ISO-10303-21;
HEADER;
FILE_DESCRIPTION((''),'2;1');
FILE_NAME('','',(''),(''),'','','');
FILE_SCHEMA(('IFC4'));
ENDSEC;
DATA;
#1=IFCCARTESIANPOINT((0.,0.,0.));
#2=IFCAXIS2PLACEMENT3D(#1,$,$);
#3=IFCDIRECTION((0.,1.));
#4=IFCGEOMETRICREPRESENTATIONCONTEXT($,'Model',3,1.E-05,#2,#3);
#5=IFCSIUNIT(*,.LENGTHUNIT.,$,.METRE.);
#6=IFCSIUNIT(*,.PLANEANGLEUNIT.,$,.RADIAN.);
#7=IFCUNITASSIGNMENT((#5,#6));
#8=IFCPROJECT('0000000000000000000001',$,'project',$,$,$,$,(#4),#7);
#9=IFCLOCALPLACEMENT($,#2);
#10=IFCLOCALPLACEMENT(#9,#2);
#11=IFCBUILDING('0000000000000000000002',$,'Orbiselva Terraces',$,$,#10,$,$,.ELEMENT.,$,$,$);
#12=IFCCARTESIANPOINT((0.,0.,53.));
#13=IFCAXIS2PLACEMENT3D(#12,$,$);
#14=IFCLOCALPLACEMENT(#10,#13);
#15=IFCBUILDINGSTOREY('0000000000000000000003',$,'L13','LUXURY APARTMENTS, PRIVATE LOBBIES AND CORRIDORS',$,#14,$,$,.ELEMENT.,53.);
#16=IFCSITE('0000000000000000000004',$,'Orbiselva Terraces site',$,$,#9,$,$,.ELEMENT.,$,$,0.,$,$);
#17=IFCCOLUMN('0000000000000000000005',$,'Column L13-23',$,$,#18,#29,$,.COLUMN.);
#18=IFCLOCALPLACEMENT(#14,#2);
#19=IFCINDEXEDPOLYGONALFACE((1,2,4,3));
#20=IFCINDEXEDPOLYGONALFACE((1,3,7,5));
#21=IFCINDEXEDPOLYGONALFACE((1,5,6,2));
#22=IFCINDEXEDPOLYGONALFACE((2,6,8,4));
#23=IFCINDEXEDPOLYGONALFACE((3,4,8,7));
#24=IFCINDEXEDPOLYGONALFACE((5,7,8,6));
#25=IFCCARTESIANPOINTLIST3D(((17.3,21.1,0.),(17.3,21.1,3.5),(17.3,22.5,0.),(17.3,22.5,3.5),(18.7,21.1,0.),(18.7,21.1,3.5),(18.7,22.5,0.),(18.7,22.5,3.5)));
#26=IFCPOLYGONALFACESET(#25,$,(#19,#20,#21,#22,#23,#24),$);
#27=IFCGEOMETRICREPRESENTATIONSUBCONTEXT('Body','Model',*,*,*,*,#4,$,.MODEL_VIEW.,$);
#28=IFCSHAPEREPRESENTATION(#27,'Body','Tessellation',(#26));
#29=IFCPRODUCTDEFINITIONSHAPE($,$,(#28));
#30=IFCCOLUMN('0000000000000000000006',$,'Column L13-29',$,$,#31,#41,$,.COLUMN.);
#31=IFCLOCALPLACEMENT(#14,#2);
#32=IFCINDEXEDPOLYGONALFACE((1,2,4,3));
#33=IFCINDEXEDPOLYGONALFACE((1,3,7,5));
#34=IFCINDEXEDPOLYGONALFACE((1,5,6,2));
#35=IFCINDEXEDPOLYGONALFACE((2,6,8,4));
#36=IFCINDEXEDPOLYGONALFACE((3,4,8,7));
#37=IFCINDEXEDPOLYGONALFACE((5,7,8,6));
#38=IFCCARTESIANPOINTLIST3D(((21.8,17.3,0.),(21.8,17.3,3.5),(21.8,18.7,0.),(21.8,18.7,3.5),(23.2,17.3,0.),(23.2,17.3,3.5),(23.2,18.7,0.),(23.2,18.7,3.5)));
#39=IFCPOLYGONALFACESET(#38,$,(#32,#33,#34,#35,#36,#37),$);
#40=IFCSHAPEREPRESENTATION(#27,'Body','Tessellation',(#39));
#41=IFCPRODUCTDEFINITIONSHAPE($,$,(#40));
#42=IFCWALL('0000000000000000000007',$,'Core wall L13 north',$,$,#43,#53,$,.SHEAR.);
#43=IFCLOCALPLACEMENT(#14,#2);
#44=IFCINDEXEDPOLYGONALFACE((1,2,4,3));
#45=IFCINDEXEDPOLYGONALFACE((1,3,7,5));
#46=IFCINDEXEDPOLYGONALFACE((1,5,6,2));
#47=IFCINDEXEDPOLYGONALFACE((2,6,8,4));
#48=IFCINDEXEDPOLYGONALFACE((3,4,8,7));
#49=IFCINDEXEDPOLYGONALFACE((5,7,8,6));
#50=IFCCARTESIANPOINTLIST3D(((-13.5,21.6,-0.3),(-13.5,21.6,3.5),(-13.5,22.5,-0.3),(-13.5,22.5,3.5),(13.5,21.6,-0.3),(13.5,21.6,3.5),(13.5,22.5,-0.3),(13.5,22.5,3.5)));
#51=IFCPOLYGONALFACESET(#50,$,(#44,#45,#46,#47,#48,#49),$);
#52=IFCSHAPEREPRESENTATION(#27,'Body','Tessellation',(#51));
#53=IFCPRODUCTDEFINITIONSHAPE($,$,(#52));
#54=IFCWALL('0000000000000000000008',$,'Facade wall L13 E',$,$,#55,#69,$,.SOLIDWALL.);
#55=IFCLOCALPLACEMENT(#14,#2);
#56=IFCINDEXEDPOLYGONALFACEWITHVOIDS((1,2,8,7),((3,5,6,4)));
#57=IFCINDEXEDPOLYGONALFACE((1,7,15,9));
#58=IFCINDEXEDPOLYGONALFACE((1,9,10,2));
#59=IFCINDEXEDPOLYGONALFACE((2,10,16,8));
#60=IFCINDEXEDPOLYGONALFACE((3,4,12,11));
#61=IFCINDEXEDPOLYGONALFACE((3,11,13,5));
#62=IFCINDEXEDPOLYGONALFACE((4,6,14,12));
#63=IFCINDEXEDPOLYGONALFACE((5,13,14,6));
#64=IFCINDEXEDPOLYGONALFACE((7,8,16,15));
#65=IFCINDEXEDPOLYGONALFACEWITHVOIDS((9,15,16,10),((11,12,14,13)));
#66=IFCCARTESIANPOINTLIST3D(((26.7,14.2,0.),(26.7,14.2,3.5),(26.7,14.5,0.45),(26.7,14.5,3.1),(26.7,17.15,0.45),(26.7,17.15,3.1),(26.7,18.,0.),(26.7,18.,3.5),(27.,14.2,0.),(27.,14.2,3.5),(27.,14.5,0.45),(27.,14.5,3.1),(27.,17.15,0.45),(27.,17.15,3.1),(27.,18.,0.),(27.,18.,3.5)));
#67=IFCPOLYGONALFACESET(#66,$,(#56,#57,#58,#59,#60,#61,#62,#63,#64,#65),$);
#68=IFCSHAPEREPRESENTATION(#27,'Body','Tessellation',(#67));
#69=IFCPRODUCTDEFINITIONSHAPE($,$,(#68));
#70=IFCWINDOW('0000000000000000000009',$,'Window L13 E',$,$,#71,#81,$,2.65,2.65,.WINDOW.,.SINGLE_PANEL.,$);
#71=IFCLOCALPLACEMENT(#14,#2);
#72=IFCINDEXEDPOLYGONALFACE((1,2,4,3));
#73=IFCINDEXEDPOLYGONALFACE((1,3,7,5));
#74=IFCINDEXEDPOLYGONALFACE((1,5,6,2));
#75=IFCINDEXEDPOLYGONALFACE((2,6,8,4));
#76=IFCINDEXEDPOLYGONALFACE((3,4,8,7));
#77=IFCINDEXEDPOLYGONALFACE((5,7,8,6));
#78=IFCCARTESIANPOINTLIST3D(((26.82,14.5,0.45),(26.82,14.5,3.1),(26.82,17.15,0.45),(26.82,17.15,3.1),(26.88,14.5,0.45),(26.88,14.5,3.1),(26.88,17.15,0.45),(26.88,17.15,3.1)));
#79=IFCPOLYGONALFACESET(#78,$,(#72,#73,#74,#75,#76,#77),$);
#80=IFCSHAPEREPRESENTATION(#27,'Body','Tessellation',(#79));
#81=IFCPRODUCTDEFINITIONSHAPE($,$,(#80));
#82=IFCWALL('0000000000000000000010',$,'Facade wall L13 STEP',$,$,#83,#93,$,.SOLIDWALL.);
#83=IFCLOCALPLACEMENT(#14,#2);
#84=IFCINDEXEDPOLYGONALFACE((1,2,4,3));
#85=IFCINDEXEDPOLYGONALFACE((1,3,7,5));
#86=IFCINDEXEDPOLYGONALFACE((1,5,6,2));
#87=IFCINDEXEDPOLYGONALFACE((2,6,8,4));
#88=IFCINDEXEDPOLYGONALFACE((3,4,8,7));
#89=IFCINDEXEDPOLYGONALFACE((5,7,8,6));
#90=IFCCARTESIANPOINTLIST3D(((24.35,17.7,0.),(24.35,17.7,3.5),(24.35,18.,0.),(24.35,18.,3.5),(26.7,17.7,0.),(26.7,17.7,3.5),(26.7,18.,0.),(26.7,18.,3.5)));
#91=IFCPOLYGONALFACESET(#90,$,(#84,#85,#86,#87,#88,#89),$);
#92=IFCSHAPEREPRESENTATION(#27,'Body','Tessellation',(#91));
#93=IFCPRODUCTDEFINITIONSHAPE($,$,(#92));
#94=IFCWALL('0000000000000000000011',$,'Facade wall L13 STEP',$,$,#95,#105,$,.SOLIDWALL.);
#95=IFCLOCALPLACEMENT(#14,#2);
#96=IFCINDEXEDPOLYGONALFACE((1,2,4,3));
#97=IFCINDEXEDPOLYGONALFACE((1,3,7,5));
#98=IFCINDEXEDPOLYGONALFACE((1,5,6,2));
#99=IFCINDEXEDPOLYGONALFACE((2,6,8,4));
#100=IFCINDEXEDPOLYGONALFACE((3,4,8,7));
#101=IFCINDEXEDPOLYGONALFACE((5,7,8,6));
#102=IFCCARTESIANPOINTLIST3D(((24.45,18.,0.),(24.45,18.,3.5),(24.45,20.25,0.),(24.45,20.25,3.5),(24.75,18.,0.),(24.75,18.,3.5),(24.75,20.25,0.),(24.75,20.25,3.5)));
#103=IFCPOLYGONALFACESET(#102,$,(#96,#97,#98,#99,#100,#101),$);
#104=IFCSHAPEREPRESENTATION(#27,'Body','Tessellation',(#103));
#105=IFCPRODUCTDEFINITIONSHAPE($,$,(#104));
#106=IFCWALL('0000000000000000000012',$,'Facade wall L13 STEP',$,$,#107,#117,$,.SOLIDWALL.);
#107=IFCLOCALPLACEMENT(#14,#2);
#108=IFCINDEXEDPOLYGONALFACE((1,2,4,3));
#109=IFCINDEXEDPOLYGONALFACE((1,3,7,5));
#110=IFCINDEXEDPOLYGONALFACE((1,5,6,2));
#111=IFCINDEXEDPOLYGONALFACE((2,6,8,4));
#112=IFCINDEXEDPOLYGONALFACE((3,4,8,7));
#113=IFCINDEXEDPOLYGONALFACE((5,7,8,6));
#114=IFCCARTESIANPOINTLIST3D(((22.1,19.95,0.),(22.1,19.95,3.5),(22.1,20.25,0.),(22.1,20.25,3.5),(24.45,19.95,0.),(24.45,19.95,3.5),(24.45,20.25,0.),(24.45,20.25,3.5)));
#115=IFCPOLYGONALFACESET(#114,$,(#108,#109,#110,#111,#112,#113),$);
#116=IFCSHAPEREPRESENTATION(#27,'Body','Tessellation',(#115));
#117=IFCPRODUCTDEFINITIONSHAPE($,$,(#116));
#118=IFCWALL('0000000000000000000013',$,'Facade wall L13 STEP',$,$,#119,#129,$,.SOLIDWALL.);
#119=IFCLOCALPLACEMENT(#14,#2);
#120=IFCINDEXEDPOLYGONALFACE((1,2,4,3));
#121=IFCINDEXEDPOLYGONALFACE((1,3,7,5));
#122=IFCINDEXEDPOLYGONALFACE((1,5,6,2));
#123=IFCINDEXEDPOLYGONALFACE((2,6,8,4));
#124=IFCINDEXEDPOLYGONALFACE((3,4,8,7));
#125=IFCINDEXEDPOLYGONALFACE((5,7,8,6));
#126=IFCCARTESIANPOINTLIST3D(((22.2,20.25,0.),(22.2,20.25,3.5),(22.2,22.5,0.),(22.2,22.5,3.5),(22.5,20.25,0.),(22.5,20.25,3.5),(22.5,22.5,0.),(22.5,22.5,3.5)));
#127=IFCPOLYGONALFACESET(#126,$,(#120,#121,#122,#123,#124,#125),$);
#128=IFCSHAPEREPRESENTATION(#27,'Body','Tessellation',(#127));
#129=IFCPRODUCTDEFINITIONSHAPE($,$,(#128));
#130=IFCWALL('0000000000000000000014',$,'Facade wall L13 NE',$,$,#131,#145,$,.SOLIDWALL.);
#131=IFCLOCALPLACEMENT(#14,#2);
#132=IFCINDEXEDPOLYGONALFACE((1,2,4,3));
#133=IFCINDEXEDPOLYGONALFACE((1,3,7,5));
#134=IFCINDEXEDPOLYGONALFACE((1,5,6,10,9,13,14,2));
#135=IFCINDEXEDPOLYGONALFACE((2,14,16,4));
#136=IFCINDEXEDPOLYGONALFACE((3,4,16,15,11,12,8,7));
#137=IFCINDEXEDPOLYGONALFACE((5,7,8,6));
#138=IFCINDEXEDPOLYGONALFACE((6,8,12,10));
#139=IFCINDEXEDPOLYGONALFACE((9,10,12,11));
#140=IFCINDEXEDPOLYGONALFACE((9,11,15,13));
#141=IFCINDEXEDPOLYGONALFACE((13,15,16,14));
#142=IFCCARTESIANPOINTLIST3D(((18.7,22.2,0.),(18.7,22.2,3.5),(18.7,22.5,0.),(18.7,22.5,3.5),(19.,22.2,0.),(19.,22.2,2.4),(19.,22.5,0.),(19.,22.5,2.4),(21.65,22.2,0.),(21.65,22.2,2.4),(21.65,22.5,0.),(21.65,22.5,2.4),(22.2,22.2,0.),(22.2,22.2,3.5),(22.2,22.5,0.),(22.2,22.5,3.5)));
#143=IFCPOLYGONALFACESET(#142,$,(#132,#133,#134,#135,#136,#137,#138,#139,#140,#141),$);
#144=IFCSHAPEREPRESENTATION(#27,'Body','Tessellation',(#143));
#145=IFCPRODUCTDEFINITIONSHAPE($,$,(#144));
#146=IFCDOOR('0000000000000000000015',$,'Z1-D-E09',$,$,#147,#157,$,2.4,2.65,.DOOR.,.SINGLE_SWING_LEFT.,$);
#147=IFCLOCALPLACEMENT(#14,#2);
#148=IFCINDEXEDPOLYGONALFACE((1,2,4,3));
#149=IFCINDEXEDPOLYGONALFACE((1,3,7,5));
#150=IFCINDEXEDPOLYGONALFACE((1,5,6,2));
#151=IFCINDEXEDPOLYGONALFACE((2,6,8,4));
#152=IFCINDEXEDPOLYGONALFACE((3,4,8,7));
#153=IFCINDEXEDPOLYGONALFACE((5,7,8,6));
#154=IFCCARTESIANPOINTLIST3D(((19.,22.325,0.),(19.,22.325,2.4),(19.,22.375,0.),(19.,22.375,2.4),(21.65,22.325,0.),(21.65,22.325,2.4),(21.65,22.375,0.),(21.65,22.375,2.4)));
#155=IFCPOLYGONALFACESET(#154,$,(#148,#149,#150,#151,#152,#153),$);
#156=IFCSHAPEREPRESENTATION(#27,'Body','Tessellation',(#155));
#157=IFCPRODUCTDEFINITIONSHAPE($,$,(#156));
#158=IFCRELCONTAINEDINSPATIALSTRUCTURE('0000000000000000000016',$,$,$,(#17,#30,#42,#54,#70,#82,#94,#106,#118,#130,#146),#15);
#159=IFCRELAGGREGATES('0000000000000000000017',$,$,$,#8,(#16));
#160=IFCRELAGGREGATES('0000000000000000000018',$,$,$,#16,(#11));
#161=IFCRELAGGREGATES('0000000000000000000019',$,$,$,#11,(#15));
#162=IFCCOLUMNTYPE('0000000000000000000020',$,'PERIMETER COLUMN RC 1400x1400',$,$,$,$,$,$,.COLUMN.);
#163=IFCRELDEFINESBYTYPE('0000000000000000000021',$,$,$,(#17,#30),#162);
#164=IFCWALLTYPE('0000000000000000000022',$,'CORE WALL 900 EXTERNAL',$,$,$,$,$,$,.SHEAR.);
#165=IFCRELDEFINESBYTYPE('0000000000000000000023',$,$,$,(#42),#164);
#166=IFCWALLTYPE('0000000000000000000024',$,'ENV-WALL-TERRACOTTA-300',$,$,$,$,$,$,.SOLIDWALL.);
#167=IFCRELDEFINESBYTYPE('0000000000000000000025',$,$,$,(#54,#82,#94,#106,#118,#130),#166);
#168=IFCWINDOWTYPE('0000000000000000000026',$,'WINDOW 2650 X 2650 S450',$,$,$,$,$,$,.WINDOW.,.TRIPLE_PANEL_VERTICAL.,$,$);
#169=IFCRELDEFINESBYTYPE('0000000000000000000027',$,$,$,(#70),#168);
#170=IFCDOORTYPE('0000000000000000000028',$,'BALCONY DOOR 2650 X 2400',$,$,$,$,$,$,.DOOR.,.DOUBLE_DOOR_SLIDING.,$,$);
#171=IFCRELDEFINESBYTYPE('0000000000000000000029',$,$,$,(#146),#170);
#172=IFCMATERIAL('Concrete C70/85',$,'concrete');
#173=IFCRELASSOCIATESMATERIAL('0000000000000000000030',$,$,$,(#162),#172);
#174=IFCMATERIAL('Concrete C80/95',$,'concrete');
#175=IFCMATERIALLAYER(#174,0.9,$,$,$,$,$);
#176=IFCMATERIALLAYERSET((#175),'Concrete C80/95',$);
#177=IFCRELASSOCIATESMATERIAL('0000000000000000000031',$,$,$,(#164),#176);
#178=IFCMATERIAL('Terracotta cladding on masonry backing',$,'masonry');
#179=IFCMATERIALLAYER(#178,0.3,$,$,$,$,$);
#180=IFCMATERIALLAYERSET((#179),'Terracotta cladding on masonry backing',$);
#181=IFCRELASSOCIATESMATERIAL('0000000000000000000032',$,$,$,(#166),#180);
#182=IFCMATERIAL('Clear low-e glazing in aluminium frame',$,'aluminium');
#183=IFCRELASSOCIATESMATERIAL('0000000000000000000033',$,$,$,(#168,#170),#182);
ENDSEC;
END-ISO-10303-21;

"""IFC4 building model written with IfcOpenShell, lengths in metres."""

from ifc_helpers import new_model, si_unit, direction, frame, frame_2d, origin, origin_2d, place, context, subcontext, project, spatial, rectangle, extrude, material, layer, layer_set, material_profile, profile_set, type_object, element, fill, save


model = new_model("IFC4")

# Units and contexts
model_context = context("Model", 3, precision=1e-05, world=origin(), true_north=direction((0.0, 1.0)))
body_context = subcontext(model_context, "Body", "Model", "MODEL_VIEW")
ifc_project = project(units=[si_unit("LENGTHUNIT", "METRE"), si_unit("PLANEANGLEUNIT", "RADIAN")], contexts=[model_context])

# Site, building, storey
site_placement = place(None, origin())
site = spatial("IfcSite", under=ifc_project, at=site_placement, Name="Orbiselva Terraces site", CompositionType="ELEMENT", RefElevation=0.0)
building_placement = place(site_placement, origin())
building = spatial("IfcBuilding", under=site, at=building_placement, Name="Orbiselva Terraces", CompositionType="ELEMENT")
storey_placement = place(building_placement, frame((0.0, 0.0, 53.0)))
storey = spatial("IfcBuildingStorey", under=building, at=storey_placement, Name="L13", Description="LUXURY APARTMENTS, PRIVATE LOBBIES AND CORRIDORS", CompositionType="ELEMENT", Elevation=53.0)

# Columns
ifc_material_1 = material(Name="Concrete C70/85", Category="concrete")
ifc_material_profile = material_profile(ifc_material_1, rectangle(XDim=1.4, YDim=1.4, at=origin_2d()), Name="RC 1400x1400")
ifc_profile_set = profile_set([ifc_material_profile], Name="Concrete C70/85")
column_type = type_object("IfcColumnType", Name="PERIMETER COLUMN RC 1400x1400", PredefinedType="COLUMN", material=ifc_profile_set)
for number, where, z_axis, x_axis, name in (
    (1, (18.0, 21.8, 0.0), (0.0, 0.0, 1.0), (1.0, 0.0, 0.0), "Column L13-23"),
    (2, (22.5, 18.0, 0.0), (0.0, 0.0, 1.0), (1.0, 0.0, 0.0), "Column L13-29"),
):
    element("IfcColumn", number, at=place(storey_placement, frame(where, z_axis=z_axis, x_axis=x_axis)), inside=storey, type_object=column_type, Name=name, PredefinedType="COLUMN", context=body_context, shape_type="SweptSolid", body=[
        extrude(rectangle(XDim=1.4, YDim=1.4, at=origin_2d()), origin(), (0.0, 0.0, 1.0), 3.5),
    ])

# Wall
ifc_material_2 = material(Name="Concrete C80/95", Category="concrete")
ifc_layer_1 = layer(ifc_material_2, 0.9)
ifc_layer_set_1 = layer_set([ifc_layer_1], Name="Concrete C80/95")
wall_type_1 = type_object("IfcWallType", Name="CORE WALL 900 EXTERNAL", PredefinedType="SHEAR", material=ifc_layer_set_1)
wall_1_placement = place(storey_placement, frame((13.5, 22.05, -0.3), z_axis=(0.0, 0.0, 1.0), x_axis=(-1.0, 0.0, 0.0)))
element("IfcWall", 3, at=wall_1_placement, inside=storey, type_object=wall_type_1, Name="Core wall L13 north", PredefinedType="SHEAR", context=body_context, shape_type="SweptSolid", body=[
    extrude(rectangle(XDim=27.0, YDim=0.9, at=frame_2d((13.5, 0.0))), origin(), (0.0, 0.0, 1.0), 3.8),
])

# Wall, opening, window
ifc_material_3 = material(Name="Terracotta cladding on masonry backing", Category="masonry")
ifc_layer_2 = layer(ifc_material_3, 0.3)
ifc_layer_set_2 = layer_set([ifc_layer_2], Name="Terracotta cladding on masonry backing")
wall_type_2 = type_object("IfcWallType", Name="ENV-WALL-TERRACOTTA-300", PredefinedType="SOLIDWALL", material=ifc_layer_set_2)
wall_2_placement = place(storey_placement, frame((26.85, 18.0, 0.0), z_axis=(0.0, 0.0, 1.0), x_axis=(0.0, -1.0, 0.0)))
wall_2 = element("IfcWall", 4, at=wall_2_placement, inside=storey, type_object=wall_type_2, Name="Facade wall L13 E", PredefinedType="SOLIDWALL", context=body_context, shape_type="SweptSolid", body=[
    extrude(rectangle(XDim=3.8, YDim=0.3, at=frame_2d((1.9, 0.0))), origin(), (0.0, 0.0, 1.0), 3.5),
])
opening_1_placement = place(wall_2_placement, frame((0.85, 0.0, 0.45)))
opening_1 = element("IfcOpeningElement", 5, at=opening_1_placement, cuts=wall_2, PredefinedType="OPENING", context=body_context, shape_type="SweptSolid", body=[
    extrude(rectangle(XDim=2.65, YDim=2.65, at=frame_2d((1.325, 1.325))), frame((0.0, 0.16, 0.0), z_axis=(0.0, -1.0, 0.0), x_axis=(1.0, 0.0, 0.0)), (0.0, 0.0, 1.0), 0.32),
])
ifc_material_4 = material(Name="Clear low-e glazing in aluminium frame", Category="aluminium")
window_type = type_object("IfcWindowType", Name="WINDOW 2650 X 2650 S450", PartitioningType="TRIPLE_PANEL_VERTICAL", PredefinedType="WINDOW", material=ifc_material_4)
window_1_placement = place(opening_1_placement, origin())
window_1 = element("IfcWindow", 6, at=window_1_placement, inside=storey, type_object=window_type, Name="Window L13 E", OverallHeight=2.65, OverallWidth=2.65, PartitioningType="SINGLE_PANEL", PredefinedType="WINDOW", context=body_context, shape_type="SweptSolid", body=[
    extrude(rectangle(XDim=2.65, YDim=2.65, at=frame_2d((1.325, 1.325))), frame((0.0, 0.03, 0.0), z_axis=(0.0, -1.0, 0.0), x_axis=(1.0, 0.0, 0.0)), (0.0, 0.0, 1.0), 0.06),
])
fill(opening_1, window_1)

# Walls
wall_3_placement = place(storey_placement, frame((24.35, 17.85, 0.0), z_axis=(0.0, 0.0, 1.0), x_axis=(1.0, 0.0, 0.0)))
element("IfcWall", 7, at=wall_3_placement, inside=storey, type_object=wall_type_2, Name="Facade wall L13 STEP", PredefinedType="SOLIDWALL", context=body_context, shape_type="SweptSolid", body=[
    extrude(rectangle(XDim=2.35, YDim=0.3, at=frame_2d((1.175, 0.0))), origin(), (0.0, 0.0, 1.0), 3.5),
])
wall_4_placement = place(storey_placement, frame((24.6, 20.25, 0.0), z_axis=(0.0, 0.0, 1.0), x_axis=(0.0, -1.0, 0.0)))
element("IfcWall", 8, at=wall_4_placement, inside=storey, type_object=wall_type_2, Name="Facade wall L13 STEP", PredefinedType="SOLIDWALL", context=body_context, shape_type="SweptSolid", body=[
    extrude(rectangle(XDim=2.25, YDim=0.3, at=frame_2d((1.125, 0.0))), origin(), (0.0, 0.0, 1.0), 3.5),
])
wall_5_placement = place(storey_placement, frame((22.1, 20.1, 0.0), z_axis=(0.0, 0.0, 1.0), x_axis=(1.0, 0.0, 0.0)))
element("IfcWall", 9, at=wall_5_placement, inside=storey, type_object=wall_type_2, Name="Facade wall L13 STEP", PredefinedType="SOLIDWALL", context=body_context, shape_type="SweptSolid", body=[
    extrude(rectangle(XDim=2.35, YDim=0.3, at=frame_2d((1.175, 0.0))), origin(), (0.0, 0.0, 1.0), 3.5),
])
wall_6_placement = place(storey_placement, frame((22.35, 22.5, 0.0), z_axis=(0.0, 0.0, 1.0), x_axis=(0.0, -1.0, 0.0)))
element("IfcWall", 10, at=wall_6_placement, inside=storey, type_object=wall_type_2, Name="Facade wall L13 STEP", PredefinedType="SOLIDWALL", context=body_context, shape_type="SweptSolid", body=[
    extrude(rectangle(XDim=2.25, YDim=0.3, at=frame_2d((1.125, 0.0))), origin(), (0.0, 0.0, 1.0), 3.5),
])

# Wall, opening, door
wall_7_placement = place(storey_placement, frame((18.7, 22.35, 0.0), z_axis=(0.0, 0.0, 1.0), x_axis=(1.0, 0.0, 0.0)))
wall_7 = element("IfcWall", 11, at=wall_7_placement, inside=storey, type_object=wall_type_2, Name="Facade wall L13 NE", PredefinedType="SOLIDWALL", context=body_context, shape_type="SweptSolid", body=[
    extrude(rectangle(XDim=3.5, YDim=0.3, at=frame_2d((1.75, 0.0))), origin(), (0.0, 0.0, 1.0), 3.5),
])
opening_2_placement = place(wall_7_placement, frame((0.3, 0.0, 0.0)))
opening_2 = element("IfcOpeningElement", 12, at=opening_2_placement, cuts=wall_7, PredefinedType="OPENING", context=body_context, shape_type="SweptSolid", body=[
    extrude(rectangle(XDim=2.65, YDim=2.4, at=frame_2d((1.325, 1.2))), frame((0.0, 0.16, 0.0), z_axis=(0.0, -1.0, 0.0), x_axis=(1.0, 0.0, 0.0)), (0.0, 0.0, 1.0), 0.32),
])
door_type_1 = type_object("IfcDoorType", Name="BALCONY DOOR 2650 X 2400", OperationType="DOUBLE_DOOR_SLIDING", PredefinedType="DOOR", material=ifc_material_4)
door_1_placement = place(opening_2_placement, origin())
door_1 = element("IfcDoor", 13, at=door_1_placement, inside=storey, type_object=door_type_1, Name="Z1-D-E09", OperationType="SINGLE_SWING_LEFT", OverallHeight=2.4, OverallWidth=2.65, PredefinedType="DOOR", context=body_context, shape_type="SweptSolid", body=[
    extrude(rectangle(XDim=2.65, YDim=2.4, at=frame_2d((1.325, 1.2))), frame((0.0, 0.025, 0.0), z_axis=(0.0, -1.0, 0.0), x_axis=(1.0, 0.0, 0.0)), (0.0, 0.0, 1.0), 0.05),
])
fill(opening_2, door_1)

save(model, "model.ifc")
